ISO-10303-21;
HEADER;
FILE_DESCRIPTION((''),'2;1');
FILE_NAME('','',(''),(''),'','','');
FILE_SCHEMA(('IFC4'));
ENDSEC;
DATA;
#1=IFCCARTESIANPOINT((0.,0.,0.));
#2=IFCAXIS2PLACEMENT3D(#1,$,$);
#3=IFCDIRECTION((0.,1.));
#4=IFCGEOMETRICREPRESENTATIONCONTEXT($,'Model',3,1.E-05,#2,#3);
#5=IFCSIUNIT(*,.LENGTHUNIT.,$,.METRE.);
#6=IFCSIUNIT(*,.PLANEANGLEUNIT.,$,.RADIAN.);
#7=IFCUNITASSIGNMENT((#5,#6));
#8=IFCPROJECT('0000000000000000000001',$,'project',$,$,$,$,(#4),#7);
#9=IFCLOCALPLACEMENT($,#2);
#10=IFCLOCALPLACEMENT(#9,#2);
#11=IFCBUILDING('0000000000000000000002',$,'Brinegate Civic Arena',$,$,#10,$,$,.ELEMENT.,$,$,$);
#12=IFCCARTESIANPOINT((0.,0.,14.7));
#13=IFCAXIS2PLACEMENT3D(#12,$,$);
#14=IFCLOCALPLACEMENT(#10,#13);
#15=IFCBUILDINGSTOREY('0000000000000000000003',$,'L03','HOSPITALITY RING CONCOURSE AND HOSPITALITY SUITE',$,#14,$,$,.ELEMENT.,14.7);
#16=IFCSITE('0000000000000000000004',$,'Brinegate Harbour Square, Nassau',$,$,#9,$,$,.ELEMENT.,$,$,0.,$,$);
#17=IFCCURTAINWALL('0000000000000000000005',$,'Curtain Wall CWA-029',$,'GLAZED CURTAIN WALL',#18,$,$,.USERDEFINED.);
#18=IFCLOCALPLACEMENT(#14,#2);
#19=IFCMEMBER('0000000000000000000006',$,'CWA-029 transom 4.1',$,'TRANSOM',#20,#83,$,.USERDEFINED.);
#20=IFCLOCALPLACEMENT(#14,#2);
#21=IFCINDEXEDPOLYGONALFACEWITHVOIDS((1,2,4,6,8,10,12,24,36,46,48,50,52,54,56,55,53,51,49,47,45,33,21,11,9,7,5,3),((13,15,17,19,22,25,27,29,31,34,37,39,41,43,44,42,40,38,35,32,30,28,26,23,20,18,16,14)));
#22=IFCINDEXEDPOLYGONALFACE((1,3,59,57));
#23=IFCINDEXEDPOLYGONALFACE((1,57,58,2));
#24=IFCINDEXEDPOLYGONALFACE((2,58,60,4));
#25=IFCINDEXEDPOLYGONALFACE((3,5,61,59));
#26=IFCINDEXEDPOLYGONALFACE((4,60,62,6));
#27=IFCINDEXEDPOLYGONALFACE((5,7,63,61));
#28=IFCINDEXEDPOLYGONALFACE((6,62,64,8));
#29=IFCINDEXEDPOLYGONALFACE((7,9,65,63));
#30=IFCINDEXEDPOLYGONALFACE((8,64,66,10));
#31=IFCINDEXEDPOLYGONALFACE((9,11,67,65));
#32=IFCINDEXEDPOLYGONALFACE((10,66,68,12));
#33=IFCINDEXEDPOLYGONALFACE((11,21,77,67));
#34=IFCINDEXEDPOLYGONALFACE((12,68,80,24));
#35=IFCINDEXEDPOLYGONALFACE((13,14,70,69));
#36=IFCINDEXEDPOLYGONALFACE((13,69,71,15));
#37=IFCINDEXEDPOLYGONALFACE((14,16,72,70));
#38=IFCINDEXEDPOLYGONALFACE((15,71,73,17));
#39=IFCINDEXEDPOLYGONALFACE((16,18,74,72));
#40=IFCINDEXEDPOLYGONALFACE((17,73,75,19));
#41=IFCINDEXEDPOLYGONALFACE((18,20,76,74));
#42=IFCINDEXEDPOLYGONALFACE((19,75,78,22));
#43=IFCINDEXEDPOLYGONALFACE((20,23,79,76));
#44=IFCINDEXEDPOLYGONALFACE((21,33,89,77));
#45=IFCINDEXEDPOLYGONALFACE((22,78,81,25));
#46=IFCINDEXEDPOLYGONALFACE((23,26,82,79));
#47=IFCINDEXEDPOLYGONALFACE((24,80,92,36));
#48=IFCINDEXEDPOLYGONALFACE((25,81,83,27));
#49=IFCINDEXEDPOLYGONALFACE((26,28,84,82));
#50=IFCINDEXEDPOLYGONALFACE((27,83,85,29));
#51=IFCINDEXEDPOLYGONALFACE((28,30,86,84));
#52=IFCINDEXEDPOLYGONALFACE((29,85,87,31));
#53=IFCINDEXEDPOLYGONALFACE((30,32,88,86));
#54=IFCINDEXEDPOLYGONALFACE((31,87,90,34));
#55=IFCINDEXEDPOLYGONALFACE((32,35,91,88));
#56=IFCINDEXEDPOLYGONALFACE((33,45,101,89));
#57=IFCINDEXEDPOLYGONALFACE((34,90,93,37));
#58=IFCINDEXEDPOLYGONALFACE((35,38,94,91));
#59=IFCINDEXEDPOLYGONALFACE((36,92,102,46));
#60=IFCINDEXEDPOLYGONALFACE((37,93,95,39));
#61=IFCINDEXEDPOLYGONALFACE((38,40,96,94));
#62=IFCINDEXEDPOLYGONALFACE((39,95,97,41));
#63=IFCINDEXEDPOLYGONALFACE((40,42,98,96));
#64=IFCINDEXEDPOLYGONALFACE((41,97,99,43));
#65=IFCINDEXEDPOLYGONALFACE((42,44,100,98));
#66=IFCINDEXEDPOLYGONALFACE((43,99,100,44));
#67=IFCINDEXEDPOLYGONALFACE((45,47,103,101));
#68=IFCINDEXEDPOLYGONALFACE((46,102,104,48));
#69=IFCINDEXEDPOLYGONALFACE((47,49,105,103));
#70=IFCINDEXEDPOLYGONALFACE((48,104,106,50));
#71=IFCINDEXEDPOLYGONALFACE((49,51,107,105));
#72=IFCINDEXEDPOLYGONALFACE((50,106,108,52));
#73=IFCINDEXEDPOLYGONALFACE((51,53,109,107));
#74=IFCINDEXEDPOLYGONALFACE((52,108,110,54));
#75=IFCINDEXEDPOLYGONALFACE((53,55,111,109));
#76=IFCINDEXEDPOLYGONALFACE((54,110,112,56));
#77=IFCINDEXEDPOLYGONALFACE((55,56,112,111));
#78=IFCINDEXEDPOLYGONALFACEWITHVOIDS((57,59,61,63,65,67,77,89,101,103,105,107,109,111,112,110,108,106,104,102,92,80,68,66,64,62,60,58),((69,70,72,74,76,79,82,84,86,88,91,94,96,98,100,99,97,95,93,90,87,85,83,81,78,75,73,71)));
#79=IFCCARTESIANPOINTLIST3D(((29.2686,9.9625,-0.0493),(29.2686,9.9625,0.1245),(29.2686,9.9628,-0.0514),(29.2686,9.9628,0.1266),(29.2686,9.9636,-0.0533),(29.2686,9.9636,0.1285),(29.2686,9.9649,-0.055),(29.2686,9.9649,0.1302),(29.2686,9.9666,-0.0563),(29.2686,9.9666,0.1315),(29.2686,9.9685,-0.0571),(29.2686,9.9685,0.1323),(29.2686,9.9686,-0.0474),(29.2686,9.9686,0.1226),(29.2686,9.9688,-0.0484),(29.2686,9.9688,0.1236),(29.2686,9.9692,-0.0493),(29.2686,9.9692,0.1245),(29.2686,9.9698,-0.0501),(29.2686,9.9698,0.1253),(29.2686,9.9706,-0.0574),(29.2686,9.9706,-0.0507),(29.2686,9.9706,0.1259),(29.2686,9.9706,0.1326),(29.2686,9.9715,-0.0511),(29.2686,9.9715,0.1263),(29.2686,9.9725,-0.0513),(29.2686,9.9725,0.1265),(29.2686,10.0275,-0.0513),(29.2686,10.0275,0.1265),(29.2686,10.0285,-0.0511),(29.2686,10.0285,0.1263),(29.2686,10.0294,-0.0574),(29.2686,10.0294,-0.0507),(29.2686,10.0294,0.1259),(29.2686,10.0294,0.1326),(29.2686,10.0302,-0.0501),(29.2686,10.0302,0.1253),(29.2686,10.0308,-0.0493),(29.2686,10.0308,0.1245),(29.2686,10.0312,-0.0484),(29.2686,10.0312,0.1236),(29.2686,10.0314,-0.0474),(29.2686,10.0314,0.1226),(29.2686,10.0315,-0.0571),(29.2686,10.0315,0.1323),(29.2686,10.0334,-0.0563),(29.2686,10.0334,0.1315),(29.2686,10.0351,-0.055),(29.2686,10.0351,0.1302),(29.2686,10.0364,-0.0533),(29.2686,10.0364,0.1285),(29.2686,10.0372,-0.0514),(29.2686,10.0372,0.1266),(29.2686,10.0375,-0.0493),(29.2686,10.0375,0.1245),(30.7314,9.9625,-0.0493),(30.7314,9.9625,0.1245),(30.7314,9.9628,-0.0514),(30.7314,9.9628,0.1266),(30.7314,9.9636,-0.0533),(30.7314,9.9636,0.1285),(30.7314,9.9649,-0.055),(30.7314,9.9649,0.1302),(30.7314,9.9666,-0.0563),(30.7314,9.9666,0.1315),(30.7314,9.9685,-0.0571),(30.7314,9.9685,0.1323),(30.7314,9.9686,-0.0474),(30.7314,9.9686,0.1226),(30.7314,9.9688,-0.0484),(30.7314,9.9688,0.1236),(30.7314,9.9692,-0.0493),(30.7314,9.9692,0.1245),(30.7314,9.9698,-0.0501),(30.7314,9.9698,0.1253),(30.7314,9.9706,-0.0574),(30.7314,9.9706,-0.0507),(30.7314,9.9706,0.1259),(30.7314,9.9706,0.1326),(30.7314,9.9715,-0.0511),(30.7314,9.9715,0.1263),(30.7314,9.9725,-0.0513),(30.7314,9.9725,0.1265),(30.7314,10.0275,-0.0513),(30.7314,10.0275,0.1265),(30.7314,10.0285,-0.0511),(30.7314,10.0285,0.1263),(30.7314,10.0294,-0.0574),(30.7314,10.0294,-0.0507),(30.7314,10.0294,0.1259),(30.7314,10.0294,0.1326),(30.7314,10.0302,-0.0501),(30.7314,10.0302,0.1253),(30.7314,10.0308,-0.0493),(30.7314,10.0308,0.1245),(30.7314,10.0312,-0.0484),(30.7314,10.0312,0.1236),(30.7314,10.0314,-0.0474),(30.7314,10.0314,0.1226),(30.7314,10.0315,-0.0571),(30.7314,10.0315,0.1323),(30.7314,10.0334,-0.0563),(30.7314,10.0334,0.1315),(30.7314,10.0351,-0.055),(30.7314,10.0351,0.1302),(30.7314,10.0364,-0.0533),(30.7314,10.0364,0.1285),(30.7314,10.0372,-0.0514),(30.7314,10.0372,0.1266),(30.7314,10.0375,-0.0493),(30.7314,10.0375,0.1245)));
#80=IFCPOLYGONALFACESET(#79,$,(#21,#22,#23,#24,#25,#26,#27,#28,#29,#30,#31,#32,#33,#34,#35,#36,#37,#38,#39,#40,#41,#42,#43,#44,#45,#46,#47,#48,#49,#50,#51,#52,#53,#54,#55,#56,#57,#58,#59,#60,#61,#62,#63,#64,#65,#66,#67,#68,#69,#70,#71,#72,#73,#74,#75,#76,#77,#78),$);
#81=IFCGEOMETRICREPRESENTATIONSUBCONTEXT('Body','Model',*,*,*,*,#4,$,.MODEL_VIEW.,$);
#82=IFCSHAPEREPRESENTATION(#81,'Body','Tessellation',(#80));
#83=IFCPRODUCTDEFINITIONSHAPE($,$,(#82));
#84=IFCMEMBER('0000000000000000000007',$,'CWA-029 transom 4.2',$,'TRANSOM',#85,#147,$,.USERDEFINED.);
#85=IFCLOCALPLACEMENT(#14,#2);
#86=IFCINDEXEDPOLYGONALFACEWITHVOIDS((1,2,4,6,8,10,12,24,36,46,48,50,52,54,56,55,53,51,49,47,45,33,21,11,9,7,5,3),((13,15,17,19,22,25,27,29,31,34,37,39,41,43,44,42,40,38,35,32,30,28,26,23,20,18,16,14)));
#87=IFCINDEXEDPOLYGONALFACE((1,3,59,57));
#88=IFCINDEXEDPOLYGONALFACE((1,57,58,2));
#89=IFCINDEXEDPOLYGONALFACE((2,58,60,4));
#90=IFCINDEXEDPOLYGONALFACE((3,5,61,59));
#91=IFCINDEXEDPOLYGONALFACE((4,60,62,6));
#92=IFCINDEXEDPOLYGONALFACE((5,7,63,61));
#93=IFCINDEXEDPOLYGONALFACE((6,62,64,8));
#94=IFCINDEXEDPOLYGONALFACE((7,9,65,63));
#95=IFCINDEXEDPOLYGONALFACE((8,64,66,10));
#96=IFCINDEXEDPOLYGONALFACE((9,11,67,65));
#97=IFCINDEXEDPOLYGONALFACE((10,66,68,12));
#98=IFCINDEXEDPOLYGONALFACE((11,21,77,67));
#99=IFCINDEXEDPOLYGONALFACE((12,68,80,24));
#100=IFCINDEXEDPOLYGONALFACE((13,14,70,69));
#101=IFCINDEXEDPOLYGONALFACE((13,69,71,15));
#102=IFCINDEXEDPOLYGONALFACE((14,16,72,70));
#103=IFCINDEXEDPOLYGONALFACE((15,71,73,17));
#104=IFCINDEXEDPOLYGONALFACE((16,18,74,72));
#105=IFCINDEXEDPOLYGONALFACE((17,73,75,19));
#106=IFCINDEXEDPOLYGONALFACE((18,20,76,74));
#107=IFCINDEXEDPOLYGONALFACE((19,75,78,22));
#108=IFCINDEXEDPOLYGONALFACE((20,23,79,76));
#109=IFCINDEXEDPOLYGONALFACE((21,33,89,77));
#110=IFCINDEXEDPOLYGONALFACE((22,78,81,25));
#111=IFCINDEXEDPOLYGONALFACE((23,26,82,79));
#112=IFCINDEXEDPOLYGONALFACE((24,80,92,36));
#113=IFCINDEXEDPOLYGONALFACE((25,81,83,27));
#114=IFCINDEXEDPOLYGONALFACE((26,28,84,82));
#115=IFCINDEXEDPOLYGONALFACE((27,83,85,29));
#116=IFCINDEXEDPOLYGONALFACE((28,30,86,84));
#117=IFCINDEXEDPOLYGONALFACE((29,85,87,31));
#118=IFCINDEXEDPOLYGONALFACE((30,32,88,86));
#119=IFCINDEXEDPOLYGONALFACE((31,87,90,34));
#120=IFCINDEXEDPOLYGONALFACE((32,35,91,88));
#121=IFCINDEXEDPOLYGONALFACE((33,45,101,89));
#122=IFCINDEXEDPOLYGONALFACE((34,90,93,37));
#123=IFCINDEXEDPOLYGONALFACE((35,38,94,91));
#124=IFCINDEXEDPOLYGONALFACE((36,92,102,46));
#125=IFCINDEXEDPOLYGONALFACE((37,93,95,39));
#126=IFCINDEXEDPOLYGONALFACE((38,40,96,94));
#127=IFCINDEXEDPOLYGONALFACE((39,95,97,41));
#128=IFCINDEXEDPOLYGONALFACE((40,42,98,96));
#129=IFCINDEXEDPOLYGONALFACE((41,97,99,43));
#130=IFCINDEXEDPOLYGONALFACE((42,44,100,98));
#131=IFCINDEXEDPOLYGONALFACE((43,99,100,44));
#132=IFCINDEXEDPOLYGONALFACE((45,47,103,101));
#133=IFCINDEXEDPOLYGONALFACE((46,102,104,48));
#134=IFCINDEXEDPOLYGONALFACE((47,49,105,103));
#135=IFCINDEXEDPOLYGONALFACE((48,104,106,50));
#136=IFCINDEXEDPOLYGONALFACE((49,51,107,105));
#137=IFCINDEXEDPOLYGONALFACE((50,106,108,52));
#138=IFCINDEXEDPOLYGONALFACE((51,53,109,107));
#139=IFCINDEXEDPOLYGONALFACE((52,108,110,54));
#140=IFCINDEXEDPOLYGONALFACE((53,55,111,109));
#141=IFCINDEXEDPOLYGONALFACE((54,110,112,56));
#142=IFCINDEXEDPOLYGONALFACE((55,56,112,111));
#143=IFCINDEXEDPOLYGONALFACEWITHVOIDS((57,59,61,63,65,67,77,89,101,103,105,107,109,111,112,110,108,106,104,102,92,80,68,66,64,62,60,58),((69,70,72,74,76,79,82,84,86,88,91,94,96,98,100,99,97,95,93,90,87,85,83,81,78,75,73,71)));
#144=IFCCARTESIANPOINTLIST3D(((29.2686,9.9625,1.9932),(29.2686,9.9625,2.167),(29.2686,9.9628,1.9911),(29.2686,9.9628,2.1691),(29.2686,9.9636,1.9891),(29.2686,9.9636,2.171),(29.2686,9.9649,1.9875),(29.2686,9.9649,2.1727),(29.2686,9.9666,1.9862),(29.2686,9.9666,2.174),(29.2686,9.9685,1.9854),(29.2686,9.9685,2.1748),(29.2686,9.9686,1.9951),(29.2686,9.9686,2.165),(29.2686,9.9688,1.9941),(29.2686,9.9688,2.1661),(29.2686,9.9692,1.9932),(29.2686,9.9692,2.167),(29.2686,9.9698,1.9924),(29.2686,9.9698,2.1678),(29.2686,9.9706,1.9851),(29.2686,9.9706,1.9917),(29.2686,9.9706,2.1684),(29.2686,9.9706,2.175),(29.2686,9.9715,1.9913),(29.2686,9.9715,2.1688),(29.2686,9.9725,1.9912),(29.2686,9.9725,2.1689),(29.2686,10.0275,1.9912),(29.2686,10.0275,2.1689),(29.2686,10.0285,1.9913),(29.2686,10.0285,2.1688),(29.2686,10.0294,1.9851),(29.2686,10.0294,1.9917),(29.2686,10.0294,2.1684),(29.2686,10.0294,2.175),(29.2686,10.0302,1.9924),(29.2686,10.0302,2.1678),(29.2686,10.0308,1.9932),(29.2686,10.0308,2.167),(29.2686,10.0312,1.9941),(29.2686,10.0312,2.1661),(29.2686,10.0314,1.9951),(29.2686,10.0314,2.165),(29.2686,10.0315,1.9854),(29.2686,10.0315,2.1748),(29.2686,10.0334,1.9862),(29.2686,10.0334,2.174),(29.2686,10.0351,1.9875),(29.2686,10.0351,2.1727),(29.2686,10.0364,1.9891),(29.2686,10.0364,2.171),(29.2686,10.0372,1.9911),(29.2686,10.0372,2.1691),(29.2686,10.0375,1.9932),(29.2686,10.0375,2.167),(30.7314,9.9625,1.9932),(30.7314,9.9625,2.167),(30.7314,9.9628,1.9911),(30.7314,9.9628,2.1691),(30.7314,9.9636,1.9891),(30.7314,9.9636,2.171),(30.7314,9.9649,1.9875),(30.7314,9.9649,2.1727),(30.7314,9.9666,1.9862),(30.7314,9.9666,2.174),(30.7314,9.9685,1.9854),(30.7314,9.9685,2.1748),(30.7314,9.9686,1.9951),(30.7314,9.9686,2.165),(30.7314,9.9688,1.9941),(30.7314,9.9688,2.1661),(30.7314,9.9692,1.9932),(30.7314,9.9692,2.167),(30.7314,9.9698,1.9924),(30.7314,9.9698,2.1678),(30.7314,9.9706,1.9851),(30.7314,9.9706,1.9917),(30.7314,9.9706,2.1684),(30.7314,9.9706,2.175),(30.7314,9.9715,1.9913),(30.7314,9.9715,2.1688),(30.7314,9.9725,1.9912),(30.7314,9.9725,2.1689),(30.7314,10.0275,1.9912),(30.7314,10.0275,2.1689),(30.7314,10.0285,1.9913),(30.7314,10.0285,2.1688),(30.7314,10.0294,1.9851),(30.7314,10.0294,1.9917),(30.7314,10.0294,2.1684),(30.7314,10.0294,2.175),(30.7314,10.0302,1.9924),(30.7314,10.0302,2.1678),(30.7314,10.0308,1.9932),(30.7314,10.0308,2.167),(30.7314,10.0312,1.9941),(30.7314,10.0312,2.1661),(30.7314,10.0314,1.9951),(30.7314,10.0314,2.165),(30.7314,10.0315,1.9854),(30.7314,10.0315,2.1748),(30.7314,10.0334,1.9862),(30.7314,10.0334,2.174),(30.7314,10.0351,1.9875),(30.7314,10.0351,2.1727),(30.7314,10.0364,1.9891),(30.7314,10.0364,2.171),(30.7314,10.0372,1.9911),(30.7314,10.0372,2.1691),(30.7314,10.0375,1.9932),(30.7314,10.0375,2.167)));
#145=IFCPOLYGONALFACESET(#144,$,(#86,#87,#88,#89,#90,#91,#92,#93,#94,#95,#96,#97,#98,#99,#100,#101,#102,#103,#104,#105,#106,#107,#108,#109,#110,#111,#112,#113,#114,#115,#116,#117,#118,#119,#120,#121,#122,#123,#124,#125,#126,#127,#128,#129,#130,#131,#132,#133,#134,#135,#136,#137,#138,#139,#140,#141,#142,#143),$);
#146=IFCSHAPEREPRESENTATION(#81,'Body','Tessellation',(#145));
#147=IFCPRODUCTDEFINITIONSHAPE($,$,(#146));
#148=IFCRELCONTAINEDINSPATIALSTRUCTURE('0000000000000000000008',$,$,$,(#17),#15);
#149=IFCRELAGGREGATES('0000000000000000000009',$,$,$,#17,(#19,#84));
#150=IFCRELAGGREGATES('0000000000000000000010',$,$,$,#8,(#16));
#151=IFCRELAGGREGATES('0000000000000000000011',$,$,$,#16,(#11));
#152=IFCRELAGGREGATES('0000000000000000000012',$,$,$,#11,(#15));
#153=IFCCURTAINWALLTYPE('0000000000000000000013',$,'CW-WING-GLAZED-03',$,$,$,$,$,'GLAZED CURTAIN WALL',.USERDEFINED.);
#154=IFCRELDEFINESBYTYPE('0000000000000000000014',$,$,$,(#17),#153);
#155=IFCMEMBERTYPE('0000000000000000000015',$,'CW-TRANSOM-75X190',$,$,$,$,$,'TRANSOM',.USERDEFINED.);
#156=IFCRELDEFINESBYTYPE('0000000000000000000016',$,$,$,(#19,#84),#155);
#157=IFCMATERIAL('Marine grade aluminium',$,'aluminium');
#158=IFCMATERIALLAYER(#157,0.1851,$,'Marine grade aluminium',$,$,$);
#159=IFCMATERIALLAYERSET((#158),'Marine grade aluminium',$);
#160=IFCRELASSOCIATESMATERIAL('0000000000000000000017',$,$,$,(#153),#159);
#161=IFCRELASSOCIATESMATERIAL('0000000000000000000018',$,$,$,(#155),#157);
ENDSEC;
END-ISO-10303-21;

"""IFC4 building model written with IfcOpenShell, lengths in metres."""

from ifc_helpers import new_model, si_unit, direction, frame, origin, origin_2d, place, context, subcontext, project, spatial, hollow_rectangle, extrude, material, layer, layer_set, material_profile, profile_set, type_object, element, aggregate, save


model = new_model("IFC4")

# Units and contexts
model_context = context("Model", 3, precision=1e-05, world=origin(), true_north=direction((0.0, 1.0)))
body_context = subcontext(model_context, "Body", "Model", "MODEL_VIEW")
ifc_project = project(units=[si_unit("LENGTHUNIT", "METRE"), si_unit("PLANEANGLEUNIT", "RADIAN")], contexts=[model_context])

# Site, building, storey
site_placement = place(None, origin())
site = spatial("IfcSite", under=ifc_project, at=site_placement, Name="Brinegate Harbour Square, Nassau", CompositionType="ELEMENT", RefElevation=0.0)
building_placement = place(site_placement, origin())
building = spatial("IfcBuilding", under=site, at=building_placement, Name="Brinegate Civic Arena", CompositionType="ELEMENT")
storey_placement = place(building_placement, frame((0.0, 0.0, 14.7)))
storey = spatial("IfcBuildingStorey", under=building, at=storey_placement, Name="L03", Description="HOSPITALITY RING CONCOURSE AND HOSPITALITY SUITE", CompositionType="ELEMENT", Elevation=14.7)

# Curtain wall, members
ifc_material_1 = material(Name="Marine grade aluminium", Category="aluminium")
ifc_layer_1 = layer(ifc_material_1, 0.1851, Name="Marine grade aluminium")
ifc_layer_set_1 = layer_set([ifc_layer_1], Name="Marine grade aluminium")
curtain_wall_type = type_object("IfcCurtainWallType", Name="CW-WING-GLAZED-03", ElementType="GLAZED CURTAIN WALL", PredefinedType="USERDEFINED", material=ifc_layer_set_1)
curtain_wall_placement = place(storey_placement, origin())
curtain_wall = element("IfcCurtainWall", 1, at=curtain_wall_placement, inside=storey, type_object=curtain_wall_type, Name="Curtain Wall CWA-029", ObjectType="GLAZED CURTAIN WALL", PredefinedType="USERDEFINED")
ifc_material_profile_1 = material_profile(ifc_material_1, hollow_rectangle(XDim=0.075, YDim=0.1899, WallThickness=0.0061, InnerFilletRadius=0.0039, OuterFilletRadius=0.0081, at=origin_2d()), Name="TRN75X190")
ifc_profile_set_1 = profile_set([ifc_material_profile_1], Name="Marine grade aluminium")
member_type_1 = type_object("IfcMemberType", Name="CW-TRANSOM-75X190", ElementType="TRANSOM", PredefinedType="USERDEFINED", material=ifc_profile_set_1)
member_1_placement = place(storey_placement, frame((29.2686, 10.0, 0.0376), z_axis=(1.0, 0.0, 0.0), x_axis=(0.0, 1.0, 0.0)))
member_1 = element("IfcMember", 2, at=member_1_placement, type_object=member_type_1, Name="CWA-029 transom 4.1", ObjectType="TRANSOM", PredefinedType="USERDEFINED", context=body_context, shape_type="SweptSolid", body=[
    extrude(hollow_rectangle(XDim=0.075, YDim=0.1899, WallThickness=0.0061, InnerFilletRadius=0.0039, OuterFilletRadius=0.0081, at=origin_2d()), origin(), (0.0, 0.0, 1.0), 1.4629),
])
member_2_placement = place(storey_placement, frame((29.2686, 10.0, 2.0801), z_axis=(1.0, 0.0, 0.0), x_axis=(0.0, 1.0, 0.0)))
member_2 = element("IfcMember", 3, at=member_2_placement, type_object=member_type_1, Name="CWA-029 transom 4.2", ObjectType="TRANSOM", PredefinedType="USERDEFINED", context=body_context, shape_type="SweptSolid", body=[
    extrude(hollow_rectangle(XDim=0.075, YDim=0.1899, WallThickness=0.0061, InnerFilletRadius=0.0039, OuterFilletRadius=0.0081, at=origin_2d()), origin(), (0.0, 0.0, 1.0), 1.4629),
])
aggregate(curtain_wall, [member_1, member_2])

save(model, "model.ifc")
